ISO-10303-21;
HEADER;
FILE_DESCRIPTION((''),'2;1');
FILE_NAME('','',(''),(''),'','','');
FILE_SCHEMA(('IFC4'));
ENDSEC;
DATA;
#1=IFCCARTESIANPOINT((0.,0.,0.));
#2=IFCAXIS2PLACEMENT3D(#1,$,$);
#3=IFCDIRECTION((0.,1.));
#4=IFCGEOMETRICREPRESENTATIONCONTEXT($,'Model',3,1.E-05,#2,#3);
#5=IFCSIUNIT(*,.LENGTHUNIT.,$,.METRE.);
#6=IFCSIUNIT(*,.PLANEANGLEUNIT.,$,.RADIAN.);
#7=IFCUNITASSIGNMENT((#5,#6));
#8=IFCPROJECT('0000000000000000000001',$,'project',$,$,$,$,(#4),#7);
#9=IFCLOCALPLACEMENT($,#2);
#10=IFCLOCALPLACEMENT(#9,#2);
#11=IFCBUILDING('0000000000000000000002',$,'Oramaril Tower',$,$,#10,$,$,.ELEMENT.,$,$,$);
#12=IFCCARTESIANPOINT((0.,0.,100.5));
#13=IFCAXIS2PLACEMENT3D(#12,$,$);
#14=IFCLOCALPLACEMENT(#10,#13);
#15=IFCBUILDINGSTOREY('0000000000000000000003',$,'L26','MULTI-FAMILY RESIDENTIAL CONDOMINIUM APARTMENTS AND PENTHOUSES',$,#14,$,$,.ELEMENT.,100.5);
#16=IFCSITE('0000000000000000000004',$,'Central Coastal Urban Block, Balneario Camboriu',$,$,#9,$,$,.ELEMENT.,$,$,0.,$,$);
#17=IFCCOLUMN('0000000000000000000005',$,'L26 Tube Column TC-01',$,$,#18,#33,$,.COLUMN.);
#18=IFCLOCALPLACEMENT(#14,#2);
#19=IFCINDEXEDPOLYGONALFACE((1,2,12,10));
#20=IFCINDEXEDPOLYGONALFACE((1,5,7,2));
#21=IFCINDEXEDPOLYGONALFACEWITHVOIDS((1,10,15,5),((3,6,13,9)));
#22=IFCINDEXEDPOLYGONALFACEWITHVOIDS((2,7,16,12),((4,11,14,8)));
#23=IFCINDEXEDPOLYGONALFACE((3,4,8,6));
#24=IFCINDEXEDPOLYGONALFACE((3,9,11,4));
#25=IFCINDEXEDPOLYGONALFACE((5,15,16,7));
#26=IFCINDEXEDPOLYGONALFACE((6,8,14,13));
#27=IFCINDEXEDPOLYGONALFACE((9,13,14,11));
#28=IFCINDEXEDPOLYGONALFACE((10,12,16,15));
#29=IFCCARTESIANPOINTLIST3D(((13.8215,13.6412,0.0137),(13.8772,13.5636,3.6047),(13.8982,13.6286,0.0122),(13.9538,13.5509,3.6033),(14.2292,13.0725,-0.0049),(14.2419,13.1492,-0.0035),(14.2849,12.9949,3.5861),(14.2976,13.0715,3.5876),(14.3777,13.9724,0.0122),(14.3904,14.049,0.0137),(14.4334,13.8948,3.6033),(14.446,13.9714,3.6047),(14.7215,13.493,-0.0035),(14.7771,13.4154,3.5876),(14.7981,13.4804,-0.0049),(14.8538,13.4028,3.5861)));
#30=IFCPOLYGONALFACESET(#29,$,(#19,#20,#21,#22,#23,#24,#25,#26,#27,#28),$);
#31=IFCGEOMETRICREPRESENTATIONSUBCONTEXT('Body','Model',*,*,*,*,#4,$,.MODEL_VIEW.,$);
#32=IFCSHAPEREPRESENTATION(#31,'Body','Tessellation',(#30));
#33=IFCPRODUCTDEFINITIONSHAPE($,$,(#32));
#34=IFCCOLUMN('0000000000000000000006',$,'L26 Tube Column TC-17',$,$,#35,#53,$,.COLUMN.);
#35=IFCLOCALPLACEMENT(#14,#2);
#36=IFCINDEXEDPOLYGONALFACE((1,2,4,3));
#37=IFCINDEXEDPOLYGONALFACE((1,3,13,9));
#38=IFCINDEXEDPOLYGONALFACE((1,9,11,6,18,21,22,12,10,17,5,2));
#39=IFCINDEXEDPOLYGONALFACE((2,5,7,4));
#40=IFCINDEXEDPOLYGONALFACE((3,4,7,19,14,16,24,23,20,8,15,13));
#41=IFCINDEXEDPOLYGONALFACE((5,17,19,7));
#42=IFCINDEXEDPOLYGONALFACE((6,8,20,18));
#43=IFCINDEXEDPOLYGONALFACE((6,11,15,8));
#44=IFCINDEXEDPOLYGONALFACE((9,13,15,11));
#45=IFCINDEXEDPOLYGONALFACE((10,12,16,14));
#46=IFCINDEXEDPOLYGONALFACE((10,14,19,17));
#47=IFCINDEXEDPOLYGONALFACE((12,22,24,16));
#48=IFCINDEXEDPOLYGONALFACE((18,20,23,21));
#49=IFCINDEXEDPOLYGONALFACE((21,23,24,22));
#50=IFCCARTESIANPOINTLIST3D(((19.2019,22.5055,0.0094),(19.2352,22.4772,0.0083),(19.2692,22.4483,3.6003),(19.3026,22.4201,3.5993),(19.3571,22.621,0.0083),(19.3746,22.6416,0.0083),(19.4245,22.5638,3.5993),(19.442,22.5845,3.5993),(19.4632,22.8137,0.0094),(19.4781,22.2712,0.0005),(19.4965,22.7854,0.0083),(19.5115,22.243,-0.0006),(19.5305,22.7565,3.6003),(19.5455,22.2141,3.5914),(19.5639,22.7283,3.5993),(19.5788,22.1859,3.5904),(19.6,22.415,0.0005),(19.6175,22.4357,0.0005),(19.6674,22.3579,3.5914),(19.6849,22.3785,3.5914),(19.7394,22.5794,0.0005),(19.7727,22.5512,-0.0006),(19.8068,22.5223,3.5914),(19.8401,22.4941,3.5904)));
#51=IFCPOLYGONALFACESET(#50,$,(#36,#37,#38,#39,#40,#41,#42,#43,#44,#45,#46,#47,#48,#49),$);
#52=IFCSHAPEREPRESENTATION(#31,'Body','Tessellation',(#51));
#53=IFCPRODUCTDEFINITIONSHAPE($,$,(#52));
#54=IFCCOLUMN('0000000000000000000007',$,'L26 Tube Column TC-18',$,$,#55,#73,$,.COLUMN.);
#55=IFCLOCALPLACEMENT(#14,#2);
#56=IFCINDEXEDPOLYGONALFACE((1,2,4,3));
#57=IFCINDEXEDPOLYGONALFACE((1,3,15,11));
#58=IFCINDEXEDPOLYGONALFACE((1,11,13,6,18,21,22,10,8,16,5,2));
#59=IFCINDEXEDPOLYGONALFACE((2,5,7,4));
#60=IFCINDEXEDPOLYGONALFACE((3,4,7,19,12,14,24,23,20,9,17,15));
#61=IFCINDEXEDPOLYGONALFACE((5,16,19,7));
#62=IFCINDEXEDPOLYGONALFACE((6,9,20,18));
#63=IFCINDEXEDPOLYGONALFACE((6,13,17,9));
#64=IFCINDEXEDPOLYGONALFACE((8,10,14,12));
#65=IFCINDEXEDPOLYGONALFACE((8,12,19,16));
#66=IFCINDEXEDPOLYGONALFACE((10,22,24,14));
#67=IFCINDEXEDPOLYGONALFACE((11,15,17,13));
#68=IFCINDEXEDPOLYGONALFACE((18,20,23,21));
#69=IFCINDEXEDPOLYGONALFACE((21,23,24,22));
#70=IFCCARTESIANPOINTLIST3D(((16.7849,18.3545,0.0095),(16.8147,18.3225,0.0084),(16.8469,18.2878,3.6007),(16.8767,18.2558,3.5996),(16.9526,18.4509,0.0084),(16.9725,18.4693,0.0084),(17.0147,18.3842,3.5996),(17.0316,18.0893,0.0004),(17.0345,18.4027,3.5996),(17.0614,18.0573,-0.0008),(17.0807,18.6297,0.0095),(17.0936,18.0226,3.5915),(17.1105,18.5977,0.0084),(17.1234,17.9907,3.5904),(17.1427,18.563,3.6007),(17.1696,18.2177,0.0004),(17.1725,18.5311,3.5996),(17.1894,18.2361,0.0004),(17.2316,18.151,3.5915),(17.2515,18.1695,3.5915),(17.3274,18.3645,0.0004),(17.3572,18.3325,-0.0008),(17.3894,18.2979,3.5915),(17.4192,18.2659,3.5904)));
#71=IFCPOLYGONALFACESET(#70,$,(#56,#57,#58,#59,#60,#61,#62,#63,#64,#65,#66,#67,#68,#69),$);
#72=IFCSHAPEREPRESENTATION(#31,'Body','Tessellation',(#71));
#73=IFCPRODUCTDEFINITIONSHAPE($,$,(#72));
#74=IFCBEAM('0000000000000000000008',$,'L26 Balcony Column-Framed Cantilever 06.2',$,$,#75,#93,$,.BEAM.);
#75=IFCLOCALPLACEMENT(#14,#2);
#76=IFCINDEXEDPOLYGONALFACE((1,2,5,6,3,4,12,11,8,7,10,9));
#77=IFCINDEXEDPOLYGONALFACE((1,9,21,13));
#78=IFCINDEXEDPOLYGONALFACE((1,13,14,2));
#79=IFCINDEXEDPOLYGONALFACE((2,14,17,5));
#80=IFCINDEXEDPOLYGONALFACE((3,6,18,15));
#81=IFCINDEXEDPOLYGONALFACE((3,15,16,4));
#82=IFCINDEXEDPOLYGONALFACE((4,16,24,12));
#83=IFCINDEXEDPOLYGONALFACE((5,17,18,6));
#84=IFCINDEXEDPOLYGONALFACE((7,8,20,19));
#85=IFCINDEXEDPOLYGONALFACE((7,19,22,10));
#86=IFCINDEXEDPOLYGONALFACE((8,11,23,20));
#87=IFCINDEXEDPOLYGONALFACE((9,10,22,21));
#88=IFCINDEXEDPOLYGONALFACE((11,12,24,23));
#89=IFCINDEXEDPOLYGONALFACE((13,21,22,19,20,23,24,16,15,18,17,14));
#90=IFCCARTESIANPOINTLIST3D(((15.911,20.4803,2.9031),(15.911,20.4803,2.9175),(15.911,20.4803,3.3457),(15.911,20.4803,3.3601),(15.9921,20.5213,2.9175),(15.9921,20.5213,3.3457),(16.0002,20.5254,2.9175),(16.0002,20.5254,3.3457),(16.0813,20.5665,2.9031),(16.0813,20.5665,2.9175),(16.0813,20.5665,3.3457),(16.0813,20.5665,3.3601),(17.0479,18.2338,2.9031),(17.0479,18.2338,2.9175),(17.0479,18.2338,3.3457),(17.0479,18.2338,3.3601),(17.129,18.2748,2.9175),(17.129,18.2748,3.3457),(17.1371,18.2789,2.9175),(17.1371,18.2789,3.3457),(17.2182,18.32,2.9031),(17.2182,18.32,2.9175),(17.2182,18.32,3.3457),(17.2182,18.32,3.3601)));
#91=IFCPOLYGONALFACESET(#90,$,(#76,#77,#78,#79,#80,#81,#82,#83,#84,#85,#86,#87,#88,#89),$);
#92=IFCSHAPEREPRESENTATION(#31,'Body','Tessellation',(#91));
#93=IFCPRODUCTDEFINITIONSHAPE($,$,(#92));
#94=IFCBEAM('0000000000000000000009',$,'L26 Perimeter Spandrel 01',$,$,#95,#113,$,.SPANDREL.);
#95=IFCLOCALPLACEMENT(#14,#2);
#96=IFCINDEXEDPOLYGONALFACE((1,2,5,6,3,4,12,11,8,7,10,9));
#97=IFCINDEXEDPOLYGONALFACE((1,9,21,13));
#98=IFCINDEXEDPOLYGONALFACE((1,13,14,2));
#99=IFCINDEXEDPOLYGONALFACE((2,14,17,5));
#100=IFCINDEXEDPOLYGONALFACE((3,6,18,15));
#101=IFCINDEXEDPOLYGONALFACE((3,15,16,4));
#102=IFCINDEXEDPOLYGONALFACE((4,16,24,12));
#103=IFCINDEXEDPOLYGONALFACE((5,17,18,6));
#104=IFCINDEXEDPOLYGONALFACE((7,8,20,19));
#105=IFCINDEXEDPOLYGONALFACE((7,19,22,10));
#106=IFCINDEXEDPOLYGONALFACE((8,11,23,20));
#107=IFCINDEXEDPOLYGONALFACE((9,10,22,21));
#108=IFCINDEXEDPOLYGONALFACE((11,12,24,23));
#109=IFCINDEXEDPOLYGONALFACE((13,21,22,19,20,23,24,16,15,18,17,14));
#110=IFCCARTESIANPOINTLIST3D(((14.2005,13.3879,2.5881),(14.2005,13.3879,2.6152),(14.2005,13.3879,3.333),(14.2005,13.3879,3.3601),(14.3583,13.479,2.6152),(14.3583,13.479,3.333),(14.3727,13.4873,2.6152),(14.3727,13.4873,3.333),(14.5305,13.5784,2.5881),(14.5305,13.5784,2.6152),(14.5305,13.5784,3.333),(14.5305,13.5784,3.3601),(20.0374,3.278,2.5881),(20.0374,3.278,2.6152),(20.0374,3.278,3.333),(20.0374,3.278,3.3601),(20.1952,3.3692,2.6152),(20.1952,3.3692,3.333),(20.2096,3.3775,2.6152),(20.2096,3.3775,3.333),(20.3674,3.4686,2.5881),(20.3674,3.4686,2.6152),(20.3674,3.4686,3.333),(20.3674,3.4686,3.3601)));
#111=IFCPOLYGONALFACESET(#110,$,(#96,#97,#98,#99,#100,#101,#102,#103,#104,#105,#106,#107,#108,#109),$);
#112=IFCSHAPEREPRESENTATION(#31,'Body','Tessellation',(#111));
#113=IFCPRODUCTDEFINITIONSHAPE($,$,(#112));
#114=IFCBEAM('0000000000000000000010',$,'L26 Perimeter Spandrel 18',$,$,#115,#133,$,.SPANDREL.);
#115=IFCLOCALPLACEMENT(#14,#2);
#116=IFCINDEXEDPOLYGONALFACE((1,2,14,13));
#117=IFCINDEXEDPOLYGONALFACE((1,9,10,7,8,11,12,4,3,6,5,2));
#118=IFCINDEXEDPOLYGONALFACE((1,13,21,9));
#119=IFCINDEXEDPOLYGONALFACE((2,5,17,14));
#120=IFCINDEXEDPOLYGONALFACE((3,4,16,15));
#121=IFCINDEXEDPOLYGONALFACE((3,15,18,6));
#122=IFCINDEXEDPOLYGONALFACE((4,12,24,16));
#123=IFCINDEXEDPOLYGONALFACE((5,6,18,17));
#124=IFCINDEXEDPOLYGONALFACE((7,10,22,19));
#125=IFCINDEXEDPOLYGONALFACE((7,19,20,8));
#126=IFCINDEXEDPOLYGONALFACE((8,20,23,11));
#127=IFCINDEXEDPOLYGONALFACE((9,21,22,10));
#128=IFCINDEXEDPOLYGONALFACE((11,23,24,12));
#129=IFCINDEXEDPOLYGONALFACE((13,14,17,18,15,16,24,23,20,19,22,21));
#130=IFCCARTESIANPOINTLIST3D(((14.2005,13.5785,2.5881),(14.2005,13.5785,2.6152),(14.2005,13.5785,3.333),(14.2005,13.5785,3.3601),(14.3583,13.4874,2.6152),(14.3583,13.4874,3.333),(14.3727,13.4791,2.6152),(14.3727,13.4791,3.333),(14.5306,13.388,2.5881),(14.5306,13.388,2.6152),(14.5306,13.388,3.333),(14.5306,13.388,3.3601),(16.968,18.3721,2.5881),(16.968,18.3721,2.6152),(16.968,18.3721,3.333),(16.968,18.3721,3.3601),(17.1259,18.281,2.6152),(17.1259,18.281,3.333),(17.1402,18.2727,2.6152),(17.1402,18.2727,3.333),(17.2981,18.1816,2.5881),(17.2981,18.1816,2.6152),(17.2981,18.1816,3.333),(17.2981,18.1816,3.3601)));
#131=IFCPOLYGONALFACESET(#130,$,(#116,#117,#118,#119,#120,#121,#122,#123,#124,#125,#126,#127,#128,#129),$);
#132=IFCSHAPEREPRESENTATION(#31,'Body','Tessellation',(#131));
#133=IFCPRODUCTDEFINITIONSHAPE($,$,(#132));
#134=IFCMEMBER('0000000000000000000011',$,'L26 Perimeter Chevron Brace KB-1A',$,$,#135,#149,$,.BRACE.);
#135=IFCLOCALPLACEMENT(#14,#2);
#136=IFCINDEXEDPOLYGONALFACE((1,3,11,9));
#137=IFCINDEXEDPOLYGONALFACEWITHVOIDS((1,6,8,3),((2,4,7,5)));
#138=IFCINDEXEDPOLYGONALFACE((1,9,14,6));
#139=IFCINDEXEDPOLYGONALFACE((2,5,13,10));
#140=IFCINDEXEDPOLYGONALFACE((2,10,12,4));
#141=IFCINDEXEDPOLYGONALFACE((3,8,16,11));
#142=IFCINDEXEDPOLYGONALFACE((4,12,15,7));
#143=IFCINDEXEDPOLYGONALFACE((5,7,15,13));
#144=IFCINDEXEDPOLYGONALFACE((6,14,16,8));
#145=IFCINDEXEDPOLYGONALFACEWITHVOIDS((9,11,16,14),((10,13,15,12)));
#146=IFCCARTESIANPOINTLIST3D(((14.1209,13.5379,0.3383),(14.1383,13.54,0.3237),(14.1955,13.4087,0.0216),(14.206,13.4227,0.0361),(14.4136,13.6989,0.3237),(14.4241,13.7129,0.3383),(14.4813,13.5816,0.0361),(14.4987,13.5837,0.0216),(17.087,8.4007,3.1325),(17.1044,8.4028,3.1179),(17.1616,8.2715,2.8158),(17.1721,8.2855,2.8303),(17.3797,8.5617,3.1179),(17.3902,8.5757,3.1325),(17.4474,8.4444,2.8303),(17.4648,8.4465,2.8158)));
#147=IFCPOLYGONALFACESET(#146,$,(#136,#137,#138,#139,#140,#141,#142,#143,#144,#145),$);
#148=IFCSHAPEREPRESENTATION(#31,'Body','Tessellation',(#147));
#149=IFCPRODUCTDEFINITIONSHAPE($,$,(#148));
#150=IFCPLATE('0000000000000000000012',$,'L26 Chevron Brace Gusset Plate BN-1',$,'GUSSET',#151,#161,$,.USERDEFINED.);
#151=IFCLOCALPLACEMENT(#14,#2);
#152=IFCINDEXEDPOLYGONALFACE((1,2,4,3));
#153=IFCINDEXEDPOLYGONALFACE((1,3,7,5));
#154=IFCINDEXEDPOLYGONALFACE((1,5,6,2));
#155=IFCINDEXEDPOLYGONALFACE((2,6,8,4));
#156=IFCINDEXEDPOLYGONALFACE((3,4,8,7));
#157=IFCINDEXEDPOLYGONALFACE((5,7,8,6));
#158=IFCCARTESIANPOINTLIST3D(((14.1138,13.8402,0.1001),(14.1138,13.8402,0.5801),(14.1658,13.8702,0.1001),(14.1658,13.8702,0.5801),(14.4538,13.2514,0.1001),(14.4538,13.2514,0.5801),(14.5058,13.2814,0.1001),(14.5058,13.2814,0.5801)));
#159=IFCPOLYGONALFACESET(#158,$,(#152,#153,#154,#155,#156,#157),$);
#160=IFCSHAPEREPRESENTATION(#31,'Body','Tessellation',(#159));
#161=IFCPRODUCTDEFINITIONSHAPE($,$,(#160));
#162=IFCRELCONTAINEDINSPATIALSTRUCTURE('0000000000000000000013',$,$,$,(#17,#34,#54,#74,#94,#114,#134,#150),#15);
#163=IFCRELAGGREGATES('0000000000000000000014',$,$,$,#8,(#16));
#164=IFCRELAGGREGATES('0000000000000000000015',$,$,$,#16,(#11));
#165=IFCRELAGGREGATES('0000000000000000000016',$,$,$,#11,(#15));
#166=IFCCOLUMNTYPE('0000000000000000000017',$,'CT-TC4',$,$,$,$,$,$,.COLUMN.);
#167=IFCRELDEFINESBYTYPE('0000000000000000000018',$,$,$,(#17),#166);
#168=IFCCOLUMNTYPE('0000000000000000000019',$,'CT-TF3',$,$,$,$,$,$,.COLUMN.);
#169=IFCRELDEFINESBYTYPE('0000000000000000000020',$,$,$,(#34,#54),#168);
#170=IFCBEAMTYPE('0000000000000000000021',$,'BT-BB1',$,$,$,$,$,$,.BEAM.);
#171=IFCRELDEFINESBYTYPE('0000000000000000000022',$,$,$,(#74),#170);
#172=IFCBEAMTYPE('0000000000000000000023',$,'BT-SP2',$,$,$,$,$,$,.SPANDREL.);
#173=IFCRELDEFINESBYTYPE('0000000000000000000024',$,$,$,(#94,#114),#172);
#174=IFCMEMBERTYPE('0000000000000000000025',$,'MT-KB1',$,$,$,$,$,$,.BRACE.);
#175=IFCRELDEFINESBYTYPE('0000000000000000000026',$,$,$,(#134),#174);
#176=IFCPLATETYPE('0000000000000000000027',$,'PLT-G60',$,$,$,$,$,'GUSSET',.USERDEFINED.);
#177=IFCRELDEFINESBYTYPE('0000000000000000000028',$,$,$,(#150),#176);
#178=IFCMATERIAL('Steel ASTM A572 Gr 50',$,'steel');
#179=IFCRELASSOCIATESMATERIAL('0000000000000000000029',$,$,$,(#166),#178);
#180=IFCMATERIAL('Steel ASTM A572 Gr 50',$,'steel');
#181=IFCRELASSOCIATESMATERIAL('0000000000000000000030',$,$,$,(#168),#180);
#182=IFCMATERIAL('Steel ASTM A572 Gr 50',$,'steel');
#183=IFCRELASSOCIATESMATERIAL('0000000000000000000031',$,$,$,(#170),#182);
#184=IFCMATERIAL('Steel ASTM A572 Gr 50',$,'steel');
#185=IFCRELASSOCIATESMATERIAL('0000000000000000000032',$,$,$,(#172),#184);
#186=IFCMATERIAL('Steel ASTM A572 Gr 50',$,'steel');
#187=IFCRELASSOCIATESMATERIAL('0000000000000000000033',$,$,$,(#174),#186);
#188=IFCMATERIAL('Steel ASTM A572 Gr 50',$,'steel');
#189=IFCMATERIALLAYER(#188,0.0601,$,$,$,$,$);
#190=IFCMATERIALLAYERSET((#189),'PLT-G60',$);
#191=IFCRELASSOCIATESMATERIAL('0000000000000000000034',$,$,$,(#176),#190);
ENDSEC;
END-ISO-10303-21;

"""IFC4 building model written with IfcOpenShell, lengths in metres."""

from ifc_helpers import new_model, si_unit, direction, frame, origin, origin_2d, place, context, subcontext, project, spatial, rectangle, hollow_rectangle, i_section, extrude, material, layer, layer_set, material_profile, profile_set, type_object, element, save


model = new_model("IFC4")

# Units and contexts
model_context = context("Model", 3, precision=1e-05, world=origin(), true_north=direction((0.0, 1.0)))
body_context = subcontext(model_context, "Body", "Model", "MODEL_VIEW")
ifc_project = project(units=[si_unit("LENGTHUNIT", "METRE"), si_unit("PLANEANGLEUNIT", "RADIAN")], contexts=[model_context])

# Site, building, storey
site_placement = place(None, origin())
site = spatial("IfcSite", under=ifc_project, at=site_placement, Name="Central Coastal Urban Block, Balneario Camboriu", CompositionType="ELEMENT", RefElevation=0.0)
building_placement = place(site_placement, origin())
building = spatial("IfcBuilding", under=site, at=building_placement, Name="Oramaril Tower", CompositionType="ELEMENT")
storey_placement = place(building_placement, frame((0.0, 0.0, 100.5)))
storey = spatial("IfcBuildingStorey", under=building, at=storey_placement, Name="L26", Description="MULTI-FAMILY RESIDENTIAL CONDOMINIUM APARTMENTS AND PENTHOUSES", CompositionType="ELEMENT", Elevation=100.5)

# Columns
ifc_material_1 = material(Name="Steel ASTM A572 Gr 50", Category="steel")
ifc_material_profile_1 = material_profile(ifc_material_1, hollow_rectangle(XDim=0.7, YDim=0.7, WallThickness=0.0549, at=origin_2d()), Name="BOX700X700X55")
ifc_profile_set_1 = profile_set([ifc_material_profile_1], Name="Steel ASTM A572 Gr 50")
column_type_1 = type_object("IfcColumnType", Name="CT-TC4", PredefinedType="COLUMN", material=ifc_profile_set_1)
column_1_placement = place(storey_placement, frame((14.3098, 13.5608, 0.0044), z_axis=(0.015495, -0.021612, 0.999646), x_axis=(0.812696, 0.582688, 0.0)))
element("IfcColumn", 1, at=column_1_placement, inside=storey, type_object=column_type_1, Name="L26 Tube Column TC-01", PredefinedType="COLUMN", context=body_context, shape_type="SweptSolid", body=[
    extrude(hollow_rectangle(XDim=0.7, YDim=0.7, WallThickness=0.0549, at=origin_2d()), origin(), (0.0, 0.0, 1.0), 3.5923),
])
ifc_material_2 = material(Name="Steel ASTM A572 Gr 50", Category="steel")
ifc_material_profile_2 = material_profile(ifc_material_2, i_section(OverallWidth=0.4041, OverallDepth=0.406, WebThickness=0.0271, FlangeThickness=0.0437, at=origin_2d()), Name="W14X233")
ifc_profile_set_2 = profile_set([ifc_material_profile_2], Name="Steel ASTM A572 Gr 50")
column_type_2 = type_object("IfcColumnType", Name="CT-TF3", PredefinedType="COLUMN", material=ifc_profile_set_2)
column_2_placement = place(storey_placement, frame((19.4873, 22.5283, 0.0044), z_axis=(0.018758, -0.015904, 0.999698), x_axis=(0.646685, 0.762757, 0.0)))
element("IfcColumn", 2, at=column_2_placement, inside=storey, type_object=column_type_2, Name="L26 Tube Column TC-17", PredefinedType="COLUMN", context=body_context, shape_type="SweptSolid", body=[
    extrude(i_section(OverallWidth=0.4041, OverallDepth=0.406, WebThickness=0.0271, FlangeThickness=0.0437, at=origin_2d()), origin(), (0.0, 0.0, 1.0), 3.592),
])
column_3_placement = place(storey_placement, frame((17.071, 18.3435, 0.0044), z_axis=(0.017263, -0.018554, 0.999679), x_axis=(0.732125, 0.681171, 0.0)))
element("IfcColumn", 3, at=column_3_placement, inside=storey, type_object=column_type_2, Name="L26 Tube Column TC-18", PredefinedType="COLUMN", context=body_context, shape_type="SweptSolid", body=[
    extrude(i_section(OverallWidth=0.4041, OverallDepth=0.406, WebThickness=0.0271, FlangeThickness=0.0437, at=origin_2d()), origin(), (0.0, 0.0, 1.0), 3.5923),
])

# Beams
ifc_material_3 = material(Name="Steel ASTM A572 Gr 50", Category="steel")
ifc_material_profile_3 = material_profile(ifc_material_3, i_section(OverallWidth=0.1909, OverallDepth=0.457, WebThickness=0.009, FlangeThickness=0.0144, at=origin_2d()), Name="W18X50")
ifc_profile_set_3 = profile_set([ifc_material_profile_3], Name="Steel ASTM A572 Gr 50")
beam_type_1 = type_object("IfcBeamType", Name="BT-BB1", PredefinedType="BEAM", material=ifc_profile_set_3)
beam_1_placement = place(storey_placement, frame((17.1331, 18.2769, 3.1316), z_axis=(-0.451552, 0.892245, 0.0), x_axis=(-0.892245, -0.451552, 0.0)))
element("IfcBeam", 4, at=beam_1_placement, inside=storey, type_object=beam_type_1, Name="L26 Balcony Column-Framed Cantilever 06.2", PredefinedType="BEAM", context=body_context, shape_type="SweptSolid", body=[
    extrude(i_section(OverallWidth=0.1909, OverallDepth=0.457, WebThickness=0.009, FlangeThickness=0.0144, at=origin_2d()), origin(), (0.0, 0.0, 1.0), 2.5178),
])
ifc_material_4 = material(Name="Steel ASTM A572 Gr 50", Category="steel")
ifc_material_profile_4 = material_profile(ifc_material_4, i_section(OverallWidth=0.3811, OverallDepth=0.772, WebThickness=0.0166, FlangeThickness=0.0271, at=origin_2d()), Name="W30X173")
ifc_profile_set_4 = profile_set([ifc_material_profile_4], Name="Steel ASTM A572 Gr 50")
beam_type_2 = type_object("IfcBeamType", Name="BT-SP2", PredefinedType="SPANDREL", material=ifc_profile_set_4)
beam_2_placement = place(storey_placement, frame((14.3655, 13.4832, 2.9741), z_axis=(0.499999, -0.866026, 0.0), x_axis=(0.866026, 0.499999, 0.0)))
element("IfcBeam", 5, at=beam_2_placement, inside=storey, type_object=beam_type_2, Name="L26 Perimeter Spandrel 01", PredefinedType="SPANDREL", context=body_context, shape_type="SweptSolid", body=[
    extrude(i_section(OverallWidth=0.3811, OverallDepth=0.772, WebThickness=0.0166, FlangeThickness=0.0271, at=origin_2d()), origin(), (0.0, 0.0, 1.0), 11.6738),
])
beam_3_placement = place(storey_placement, frame((17.1331, 18.2769, 2.9741), z_axis=(-0.499991, -0.866031, 0.0), x_axis=(0.866031, -0.499991, 0.0)))
element("IfcBeam", 6, at=beam_3_placement, inside=storey, type_object=beam_type_2, Name="L26 Perimeter Spandrel 18", PredefinedType="SPANDREL", context=body_context, shape_type="SweptSolid", body=[
    extrude(i_section(OverallWidth=0.3811, OverallDepth=0.772, WebThickness=0.0166, FlangeThickness=0.0271, at=origin_2d()), origin(), (0.0, 0.0, 1.0), 5.5352),
])

# Member
ifc_material_5 = material(Name="Steel ASTM A572 Gr 50", Category="steel")
ifc_material_profile_5 = material_profile(ifc_material_5, hollow_rectangle(XDim=0.3501, YDim=0.3501, WallThickness=0.0161, at=origin_2d()), Name="HSS350X350X16")
ifc_profile_set_5 = profile_set([ifc_material_profile_5], Name="Steel ASTM A572 Gr 50")
member_type = type_object("IfcMemberType", Name="MT-KB1", PredefinedType="BRACE", material=ifc_profile_set_5)
member_placement = place(storey_placement, frame((14.3098, 13.5608, 0.1799), z_axis=(0.452342, -0.783454, 0.42613), x_axis=(0.866018, 0.500012, 0.0)))
element("IfcMember", 7, at=member_placement, inside=storey, type_object=member_type, Name="L26 Perimeter Chevron Brace KB-1A", PredefinedType="BRACE", context=body_context, shape_type="SweptSolid", body=[
    extrude(hollow_rectangle(XDim=0.3501, YDim=0.3501, WallThickness=0.0161, at=origin_2d()), origin(), (0.0, 0.0, 1.0), 6.5571),
])

# Plate
ifc_material_6 = material(Name="Steel ASTM A572 Gr 50", Category="steel")
ifc_layer_1 = layer(ifc_material_6, 0.0601)
ifc_layer_set_1 = layer_set([ifc_layer_1], Name="PLT-G60")
plate_type = type_object("IfcPlateType", Name="PLT-G60", ElementType="GUSSET", PredefinedType="USERDEFINED", material=ifc_layer_set_1)
plate_placement = place(storey_placement, frame((14.3098, 13.5608, 0.1001), z_axis=(0.0, 0.0, 1.0), x_axis=(0.499998, -0.866026, 0.0)))
element("IfcPlate", 8, at=plate_placement, inside=storey, type_object=plate_type, Name="L26 Chevron Brace Gusset Plate BN-1", ObjectType="GUSSET", PredefinedType="USERDEFINED", context=body_context, shape_type="SweptSolid", body=[
    extrude(rectangle(XDim=0.6799, YDim=0.0601, at=origin_2d()), origin(), (0.0, 0.0, 1.0), 0.48),
])

save(model, "model.ifc")
